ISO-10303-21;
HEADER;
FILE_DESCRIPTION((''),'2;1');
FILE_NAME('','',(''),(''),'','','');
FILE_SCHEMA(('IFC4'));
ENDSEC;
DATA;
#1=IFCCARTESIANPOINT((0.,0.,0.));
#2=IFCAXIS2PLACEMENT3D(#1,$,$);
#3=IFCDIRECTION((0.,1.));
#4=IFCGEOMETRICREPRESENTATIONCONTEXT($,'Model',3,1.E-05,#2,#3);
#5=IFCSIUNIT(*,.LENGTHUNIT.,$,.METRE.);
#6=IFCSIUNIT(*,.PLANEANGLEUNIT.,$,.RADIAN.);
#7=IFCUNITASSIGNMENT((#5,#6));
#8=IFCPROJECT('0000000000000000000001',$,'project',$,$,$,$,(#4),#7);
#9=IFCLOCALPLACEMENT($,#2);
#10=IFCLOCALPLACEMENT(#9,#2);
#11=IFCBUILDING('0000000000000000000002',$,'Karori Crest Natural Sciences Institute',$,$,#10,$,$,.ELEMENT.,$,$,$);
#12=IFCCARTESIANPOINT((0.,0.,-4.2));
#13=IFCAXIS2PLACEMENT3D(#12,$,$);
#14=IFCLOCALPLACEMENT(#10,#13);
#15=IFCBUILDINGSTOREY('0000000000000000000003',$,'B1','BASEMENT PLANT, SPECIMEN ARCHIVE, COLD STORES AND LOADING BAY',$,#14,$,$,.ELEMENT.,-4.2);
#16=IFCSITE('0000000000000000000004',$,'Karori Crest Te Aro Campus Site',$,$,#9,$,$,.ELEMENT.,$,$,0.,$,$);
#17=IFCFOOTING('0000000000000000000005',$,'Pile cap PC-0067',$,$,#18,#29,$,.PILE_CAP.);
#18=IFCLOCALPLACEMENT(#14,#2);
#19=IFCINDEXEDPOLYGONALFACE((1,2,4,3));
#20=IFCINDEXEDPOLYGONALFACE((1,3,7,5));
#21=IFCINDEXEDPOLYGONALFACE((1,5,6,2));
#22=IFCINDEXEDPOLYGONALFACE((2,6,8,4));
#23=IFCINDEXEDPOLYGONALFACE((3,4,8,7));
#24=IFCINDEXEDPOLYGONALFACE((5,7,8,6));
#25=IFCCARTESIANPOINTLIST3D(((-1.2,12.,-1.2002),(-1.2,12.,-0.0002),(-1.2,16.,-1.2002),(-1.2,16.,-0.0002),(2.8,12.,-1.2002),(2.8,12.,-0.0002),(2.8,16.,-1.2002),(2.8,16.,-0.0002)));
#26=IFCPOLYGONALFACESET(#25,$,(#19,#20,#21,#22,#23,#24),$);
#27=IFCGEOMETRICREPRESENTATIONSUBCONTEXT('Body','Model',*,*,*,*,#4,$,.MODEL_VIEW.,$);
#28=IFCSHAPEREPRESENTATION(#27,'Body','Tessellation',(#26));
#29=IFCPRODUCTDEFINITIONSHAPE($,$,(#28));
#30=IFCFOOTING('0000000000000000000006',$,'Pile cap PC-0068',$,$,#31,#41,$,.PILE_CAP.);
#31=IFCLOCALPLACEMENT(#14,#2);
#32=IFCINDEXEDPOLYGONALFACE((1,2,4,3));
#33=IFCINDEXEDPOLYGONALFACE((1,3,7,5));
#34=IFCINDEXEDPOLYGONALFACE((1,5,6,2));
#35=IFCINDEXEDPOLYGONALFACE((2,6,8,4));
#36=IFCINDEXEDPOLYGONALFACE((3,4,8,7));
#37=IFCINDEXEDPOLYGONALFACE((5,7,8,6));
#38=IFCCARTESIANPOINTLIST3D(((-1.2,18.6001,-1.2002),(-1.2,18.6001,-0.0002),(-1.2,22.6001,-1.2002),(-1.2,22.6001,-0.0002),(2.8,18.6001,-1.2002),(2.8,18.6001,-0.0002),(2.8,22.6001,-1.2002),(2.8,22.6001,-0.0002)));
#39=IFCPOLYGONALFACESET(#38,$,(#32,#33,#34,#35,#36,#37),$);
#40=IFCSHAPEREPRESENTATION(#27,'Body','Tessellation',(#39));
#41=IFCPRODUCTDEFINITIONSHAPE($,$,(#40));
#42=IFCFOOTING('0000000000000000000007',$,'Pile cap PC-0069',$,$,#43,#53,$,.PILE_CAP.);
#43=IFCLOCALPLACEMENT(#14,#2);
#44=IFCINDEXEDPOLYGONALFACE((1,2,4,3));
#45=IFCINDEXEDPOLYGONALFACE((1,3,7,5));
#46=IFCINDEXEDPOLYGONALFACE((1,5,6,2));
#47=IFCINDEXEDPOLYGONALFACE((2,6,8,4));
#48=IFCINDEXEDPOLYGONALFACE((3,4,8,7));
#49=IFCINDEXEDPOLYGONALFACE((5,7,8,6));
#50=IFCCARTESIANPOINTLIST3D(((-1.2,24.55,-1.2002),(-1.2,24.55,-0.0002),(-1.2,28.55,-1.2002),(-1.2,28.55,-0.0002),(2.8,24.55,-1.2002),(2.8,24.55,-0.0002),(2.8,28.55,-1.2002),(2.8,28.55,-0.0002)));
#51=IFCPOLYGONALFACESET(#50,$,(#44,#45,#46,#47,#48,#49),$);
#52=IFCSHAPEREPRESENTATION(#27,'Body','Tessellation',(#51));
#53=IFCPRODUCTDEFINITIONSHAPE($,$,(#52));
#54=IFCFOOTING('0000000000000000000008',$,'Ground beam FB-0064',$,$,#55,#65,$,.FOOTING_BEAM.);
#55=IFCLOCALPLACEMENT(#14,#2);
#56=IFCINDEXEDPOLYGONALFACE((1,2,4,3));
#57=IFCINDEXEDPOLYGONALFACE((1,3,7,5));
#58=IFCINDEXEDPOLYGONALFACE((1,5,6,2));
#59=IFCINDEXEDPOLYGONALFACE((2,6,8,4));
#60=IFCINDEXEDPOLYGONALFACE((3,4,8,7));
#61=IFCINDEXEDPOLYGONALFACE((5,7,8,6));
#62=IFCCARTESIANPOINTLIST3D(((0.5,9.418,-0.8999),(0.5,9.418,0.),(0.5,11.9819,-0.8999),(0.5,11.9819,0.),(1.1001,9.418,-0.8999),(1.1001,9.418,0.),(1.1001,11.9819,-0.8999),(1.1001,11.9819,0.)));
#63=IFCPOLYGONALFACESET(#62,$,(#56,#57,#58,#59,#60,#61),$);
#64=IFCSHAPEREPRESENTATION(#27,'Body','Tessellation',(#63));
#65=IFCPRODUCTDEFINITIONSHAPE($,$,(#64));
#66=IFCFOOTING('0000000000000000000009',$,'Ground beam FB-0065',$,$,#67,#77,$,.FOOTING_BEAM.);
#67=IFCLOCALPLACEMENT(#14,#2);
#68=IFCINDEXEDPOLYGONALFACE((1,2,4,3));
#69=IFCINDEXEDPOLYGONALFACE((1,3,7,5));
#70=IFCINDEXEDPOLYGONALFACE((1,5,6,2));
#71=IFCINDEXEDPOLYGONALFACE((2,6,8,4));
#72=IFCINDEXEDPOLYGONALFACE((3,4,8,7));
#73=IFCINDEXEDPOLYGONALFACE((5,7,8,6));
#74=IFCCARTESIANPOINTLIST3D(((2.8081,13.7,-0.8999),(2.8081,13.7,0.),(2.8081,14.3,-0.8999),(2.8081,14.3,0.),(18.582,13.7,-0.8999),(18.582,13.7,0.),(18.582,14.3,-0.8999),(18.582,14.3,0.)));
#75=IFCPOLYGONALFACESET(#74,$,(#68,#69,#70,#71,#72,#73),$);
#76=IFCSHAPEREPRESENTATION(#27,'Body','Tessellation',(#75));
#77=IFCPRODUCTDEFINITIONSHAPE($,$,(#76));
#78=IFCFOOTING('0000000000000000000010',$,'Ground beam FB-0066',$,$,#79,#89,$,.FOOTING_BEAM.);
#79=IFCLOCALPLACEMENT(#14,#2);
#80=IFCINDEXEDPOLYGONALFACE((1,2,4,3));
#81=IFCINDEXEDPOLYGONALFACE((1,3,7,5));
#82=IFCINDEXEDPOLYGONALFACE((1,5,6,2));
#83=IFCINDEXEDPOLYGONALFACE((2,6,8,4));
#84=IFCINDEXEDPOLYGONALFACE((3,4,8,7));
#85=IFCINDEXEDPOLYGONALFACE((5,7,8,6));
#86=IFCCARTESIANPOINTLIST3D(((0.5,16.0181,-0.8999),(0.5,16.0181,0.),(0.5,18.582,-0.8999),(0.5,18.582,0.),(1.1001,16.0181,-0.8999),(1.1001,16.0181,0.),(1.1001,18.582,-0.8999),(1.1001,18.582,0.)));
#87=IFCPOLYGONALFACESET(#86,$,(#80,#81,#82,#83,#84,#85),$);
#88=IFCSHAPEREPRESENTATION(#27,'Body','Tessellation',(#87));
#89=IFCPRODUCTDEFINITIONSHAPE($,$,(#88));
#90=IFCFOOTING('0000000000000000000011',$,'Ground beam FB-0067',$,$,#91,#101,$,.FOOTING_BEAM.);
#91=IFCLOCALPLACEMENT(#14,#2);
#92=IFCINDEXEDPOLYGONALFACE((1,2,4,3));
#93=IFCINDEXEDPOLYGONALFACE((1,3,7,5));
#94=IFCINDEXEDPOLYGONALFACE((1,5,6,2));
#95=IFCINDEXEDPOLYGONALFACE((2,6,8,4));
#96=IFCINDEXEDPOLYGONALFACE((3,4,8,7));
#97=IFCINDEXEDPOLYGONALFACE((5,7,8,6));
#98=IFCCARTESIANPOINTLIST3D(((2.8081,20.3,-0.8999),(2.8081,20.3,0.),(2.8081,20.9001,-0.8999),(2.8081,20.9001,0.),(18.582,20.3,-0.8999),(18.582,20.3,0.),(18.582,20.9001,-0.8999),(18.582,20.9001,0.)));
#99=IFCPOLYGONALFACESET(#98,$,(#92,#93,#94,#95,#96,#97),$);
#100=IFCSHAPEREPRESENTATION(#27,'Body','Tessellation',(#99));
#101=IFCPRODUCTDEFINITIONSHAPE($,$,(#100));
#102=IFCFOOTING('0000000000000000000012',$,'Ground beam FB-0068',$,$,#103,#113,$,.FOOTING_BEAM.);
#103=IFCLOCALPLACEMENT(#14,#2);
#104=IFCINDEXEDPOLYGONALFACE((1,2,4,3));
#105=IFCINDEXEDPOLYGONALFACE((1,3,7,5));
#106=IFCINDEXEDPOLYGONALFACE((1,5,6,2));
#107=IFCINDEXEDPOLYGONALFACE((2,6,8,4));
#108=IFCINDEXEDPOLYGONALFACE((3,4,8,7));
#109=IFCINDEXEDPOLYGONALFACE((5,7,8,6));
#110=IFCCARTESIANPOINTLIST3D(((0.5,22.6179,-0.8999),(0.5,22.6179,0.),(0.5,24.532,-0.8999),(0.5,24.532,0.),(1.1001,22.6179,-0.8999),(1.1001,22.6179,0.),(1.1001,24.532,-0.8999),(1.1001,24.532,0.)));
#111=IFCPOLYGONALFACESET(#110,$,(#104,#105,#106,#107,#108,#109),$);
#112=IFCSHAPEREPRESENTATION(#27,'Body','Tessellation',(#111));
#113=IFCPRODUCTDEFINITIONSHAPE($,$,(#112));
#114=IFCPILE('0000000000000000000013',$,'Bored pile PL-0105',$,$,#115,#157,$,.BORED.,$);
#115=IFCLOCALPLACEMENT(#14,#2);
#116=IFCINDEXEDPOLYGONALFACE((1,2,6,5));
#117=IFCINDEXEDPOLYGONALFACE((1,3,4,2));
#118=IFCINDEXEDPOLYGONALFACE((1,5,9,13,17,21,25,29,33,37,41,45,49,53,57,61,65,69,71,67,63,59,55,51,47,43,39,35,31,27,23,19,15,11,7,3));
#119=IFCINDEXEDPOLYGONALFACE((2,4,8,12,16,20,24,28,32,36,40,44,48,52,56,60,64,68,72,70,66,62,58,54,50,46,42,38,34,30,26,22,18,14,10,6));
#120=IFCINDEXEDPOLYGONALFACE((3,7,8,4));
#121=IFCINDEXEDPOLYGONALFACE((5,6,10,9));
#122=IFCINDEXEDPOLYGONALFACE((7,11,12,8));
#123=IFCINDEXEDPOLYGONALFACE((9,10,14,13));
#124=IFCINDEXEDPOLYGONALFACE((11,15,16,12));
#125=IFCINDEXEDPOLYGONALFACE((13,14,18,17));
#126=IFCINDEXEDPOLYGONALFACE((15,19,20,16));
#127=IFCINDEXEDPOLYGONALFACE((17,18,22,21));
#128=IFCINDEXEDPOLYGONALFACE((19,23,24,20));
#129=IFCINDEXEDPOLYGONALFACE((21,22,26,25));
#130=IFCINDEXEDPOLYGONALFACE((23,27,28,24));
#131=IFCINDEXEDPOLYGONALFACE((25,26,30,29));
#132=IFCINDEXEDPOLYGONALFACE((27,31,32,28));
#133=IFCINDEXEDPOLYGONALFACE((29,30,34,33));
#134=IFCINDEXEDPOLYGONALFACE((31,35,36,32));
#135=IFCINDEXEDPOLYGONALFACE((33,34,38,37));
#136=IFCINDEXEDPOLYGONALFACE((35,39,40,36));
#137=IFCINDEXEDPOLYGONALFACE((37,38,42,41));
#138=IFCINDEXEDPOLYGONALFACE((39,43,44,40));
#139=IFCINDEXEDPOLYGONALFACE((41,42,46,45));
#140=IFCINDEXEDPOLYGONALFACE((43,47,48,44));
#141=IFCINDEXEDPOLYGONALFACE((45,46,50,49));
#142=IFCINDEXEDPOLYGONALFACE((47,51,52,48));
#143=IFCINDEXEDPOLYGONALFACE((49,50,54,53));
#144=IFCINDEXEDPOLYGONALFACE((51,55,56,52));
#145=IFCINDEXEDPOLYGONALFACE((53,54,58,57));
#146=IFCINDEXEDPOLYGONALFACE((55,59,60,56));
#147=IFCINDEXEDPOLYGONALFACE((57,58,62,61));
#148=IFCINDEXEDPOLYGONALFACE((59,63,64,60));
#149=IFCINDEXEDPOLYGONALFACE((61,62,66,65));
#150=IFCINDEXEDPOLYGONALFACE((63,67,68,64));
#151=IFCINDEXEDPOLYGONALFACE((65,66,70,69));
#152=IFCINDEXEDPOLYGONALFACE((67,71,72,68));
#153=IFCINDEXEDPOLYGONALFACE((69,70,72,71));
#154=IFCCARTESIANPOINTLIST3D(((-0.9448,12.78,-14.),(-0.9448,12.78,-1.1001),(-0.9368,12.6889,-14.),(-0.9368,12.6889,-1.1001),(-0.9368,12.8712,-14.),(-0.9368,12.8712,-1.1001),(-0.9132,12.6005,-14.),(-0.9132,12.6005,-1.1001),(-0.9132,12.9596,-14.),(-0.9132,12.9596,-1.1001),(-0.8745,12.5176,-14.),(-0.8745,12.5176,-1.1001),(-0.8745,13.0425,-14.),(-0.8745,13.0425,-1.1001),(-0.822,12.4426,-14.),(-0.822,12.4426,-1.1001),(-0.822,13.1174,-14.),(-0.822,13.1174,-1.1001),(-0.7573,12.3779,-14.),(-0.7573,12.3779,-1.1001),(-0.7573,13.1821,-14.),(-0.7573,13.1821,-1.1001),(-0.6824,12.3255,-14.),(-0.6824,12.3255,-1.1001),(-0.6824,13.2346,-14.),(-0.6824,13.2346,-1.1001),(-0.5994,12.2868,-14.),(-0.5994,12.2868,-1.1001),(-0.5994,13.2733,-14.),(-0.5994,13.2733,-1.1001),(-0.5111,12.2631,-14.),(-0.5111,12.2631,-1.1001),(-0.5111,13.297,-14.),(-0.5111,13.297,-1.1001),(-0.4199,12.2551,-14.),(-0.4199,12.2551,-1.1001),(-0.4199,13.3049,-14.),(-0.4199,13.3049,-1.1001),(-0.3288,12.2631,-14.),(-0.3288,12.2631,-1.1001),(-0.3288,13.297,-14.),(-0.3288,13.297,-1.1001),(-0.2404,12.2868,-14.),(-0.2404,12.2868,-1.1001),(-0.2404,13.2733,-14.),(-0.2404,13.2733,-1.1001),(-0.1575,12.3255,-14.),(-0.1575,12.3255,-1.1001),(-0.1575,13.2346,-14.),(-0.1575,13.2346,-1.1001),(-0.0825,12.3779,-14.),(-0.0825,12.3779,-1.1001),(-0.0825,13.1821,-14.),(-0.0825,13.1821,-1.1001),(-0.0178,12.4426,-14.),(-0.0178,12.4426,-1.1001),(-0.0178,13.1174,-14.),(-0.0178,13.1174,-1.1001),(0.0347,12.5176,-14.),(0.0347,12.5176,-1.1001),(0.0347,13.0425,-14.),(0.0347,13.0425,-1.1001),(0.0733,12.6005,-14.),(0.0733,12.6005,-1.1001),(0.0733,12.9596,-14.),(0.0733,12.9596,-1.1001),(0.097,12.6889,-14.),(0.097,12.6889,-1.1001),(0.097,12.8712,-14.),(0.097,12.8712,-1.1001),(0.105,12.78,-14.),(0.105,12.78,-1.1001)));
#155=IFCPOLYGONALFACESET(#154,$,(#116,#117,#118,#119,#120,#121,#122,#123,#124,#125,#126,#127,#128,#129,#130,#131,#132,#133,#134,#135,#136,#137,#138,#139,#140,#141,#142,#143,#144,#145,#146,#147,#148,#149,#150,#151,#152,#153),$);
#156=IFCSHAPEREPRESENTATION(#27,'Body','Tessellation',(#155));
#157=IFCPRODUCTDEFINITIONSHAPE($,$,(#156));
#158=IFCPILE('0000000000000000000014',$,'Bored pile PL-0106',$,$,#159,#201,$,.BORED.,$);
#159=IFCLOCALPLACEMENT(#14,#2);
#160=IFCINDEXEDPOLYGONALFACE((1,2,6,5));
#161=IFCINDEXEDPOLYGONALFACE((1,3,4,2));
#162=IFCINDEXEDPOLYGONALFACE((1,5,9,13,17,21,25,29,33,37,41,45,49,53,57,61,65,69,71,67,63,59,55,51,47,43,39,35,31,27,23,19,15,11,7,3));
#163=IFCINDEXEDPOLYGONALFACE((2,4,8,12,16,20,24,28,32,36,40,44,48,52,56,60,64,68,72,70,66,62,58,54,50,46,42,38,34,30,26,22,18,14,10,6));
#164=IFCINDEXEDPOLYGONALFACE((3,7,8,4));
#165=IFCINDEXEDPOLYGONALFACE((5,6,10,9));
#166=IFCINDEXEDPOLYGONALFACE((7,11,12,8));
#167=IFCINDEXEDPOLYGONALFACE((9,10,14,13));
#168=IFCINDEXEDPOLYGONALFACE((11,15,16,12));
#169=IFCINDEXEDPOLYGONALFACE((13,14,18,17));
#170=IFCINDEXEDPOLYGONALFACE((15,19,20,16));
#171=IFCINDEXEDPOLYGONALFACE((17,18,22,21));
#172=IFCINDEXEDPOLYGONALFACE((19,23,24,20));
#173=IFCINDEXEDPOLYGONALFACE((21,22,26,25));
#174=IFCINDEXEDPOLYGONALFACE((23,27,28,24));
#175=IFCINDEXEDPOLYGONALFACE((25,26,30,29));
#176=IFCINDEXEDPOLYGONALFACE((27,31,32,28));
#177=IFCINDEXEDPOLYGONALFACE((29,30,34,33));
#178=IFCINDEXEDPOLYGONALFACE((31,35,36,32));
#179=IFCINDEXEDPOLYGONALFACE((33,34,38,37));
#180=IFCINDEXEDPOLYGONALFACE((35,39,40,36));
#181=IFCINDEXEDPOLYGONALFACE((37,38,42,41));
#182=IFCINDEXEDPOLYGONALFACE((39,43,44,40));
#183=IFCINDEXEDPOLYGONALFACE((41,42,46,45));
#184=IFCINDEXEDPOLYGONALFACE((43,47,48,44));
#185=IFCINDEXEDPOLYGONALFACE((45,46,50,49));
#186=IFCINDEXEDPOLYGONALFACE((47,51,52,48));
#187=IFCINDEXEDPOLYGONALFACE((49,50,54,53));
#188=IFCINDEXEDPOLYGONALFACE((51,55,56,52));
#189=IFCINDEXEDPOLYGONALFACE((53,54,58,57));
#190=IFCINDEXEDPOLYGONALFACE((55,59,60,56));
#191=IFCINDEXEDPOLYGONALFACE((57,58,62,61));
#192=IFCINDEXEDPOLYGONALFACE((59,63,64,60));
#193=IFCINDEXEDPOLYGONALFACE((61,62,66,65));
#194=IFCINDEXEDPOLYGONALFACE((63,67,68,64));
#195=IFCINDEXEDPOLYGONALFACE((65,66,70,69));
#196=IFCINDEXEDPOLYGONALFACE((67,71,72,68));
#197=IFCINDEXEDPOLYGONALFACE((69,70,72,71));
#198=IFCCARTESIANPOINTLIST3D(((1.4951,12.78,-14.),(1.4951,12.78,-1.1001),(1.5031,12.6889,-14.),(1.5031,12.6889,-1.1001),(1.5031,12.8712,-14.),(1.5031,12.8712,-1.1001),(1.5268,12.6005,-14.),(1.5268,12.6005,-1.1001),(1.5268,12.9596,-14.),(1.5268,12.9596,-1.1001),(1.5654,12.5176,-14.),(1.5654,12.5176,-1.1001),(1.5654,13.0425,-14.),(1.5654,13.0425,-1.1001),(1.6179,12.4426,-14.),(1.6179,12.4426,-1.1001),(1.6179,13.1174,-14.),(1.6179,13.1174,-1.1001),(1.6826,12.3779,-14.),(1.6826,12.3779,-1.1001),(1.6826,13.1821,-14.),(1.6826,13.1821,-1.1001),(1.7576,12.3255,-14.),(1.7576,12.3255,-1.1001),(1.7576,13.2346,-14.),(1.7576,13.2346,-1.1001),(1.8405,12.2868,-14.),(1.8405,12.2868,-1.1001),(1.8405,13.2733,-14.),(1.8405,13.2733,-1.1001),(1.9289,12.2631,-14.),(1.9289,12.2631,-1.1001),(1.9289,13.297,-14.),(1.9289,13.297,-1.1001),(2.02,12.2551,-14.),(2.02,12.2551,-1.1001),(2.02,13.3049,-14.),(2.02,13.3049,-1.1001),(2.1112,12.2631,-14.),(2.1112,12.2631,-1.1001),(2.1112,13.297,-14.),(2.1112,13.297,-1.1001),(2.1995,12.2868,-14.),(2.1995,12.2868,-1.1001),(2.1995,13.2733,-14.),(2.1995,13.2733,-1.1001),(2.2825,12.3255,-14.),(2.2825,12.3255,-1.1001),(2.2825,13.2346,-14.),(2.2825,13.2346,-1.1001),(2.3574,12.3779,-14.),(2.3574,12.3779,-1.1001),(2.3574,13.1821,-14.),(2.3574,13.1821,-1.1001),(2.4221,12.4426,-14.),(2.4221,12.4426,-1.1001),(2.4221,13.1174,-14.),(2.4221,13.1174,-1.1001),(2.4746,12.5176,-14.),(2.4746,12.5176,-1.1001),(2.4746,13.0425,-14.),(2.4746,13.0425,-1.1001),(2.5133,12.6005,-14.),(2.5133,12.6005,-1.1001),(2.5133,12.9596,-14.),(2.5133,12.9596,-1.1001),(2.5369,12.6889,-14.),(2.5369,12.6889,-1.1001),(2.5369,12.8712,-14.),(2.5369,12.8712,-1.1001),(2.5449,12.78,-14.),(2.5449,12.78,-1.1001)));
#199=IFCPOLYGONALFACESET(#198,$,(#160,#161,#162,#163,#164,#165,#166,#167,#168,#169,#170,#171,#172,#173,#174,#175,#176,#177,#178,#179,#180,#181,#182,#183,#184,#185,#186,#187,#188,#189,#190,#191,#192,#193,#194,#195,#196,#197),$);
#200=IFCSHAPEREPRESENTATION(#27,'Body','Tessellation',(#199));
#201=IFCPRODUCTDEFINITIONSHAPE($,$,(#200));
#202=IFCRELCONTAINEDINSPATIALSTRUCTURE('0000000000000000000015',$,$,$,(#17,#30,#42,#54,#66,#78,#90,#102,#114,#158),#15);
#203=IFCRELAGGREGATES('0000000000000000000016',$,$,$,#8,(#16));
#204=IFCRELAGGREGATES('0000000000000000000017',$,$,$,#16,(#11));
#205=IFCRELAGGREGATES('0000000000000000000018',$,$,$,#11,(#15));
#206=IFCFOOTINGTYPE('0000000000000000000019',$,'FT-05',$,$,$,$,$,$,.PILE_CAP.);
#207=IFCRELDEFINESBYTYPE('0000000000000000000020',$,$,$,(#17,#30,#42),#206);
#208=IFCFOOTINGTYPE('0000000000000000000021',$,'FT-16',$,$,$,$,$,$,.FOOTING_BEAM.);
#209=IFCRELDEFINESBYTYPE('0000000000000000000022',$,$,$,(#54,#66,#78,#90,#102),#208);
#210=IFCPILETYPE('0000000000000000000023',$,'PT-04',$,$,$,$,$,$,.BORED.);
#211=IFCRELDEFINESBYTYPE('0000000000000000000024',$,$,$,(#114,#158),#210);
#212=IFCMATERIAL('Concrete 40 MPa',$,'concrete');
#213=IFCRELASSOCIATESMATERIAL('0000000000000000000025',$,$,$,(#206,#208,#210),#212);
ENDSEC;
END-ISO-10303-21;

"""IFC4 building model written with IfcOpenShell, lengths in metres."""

from ifc_helpers import new_model, si_unit, direction, frame, origin, origin_2d, place, context, subcontext, project, spatial, rectangle, circle, extrude, material, material_profile, profile_set, type_object, element, save


model = new_model("IFC4")

# Units and contexts
model_context = context("Model", 3, precision=1e-05, world=origin(), true_north=direction((0.0, 1.0)))
body_context = subcontext(model_context, "Body", "Model", "MODEL_VIEW")
ifc_project = project(units=[si_unit("LENGTHUNIT", "METRE"), si_unit("PLANEANGLEUNIT", "RADIAN")], contexts=[model_context])

# Site, building, storey
site_placement = place(None, origin())
site = spatial("IfcSite", under=ifc_project, at=site_placement, Name="Karori Crest Te Aro Campus Site", CompositionType="ELEMENT", RefElevation=0.0)
building_placement = place(site_placement, origin())
building = spatial("IfcBuilding", under=site, at=building_placement, Name="Karori Crest Natural Sciences Institute", CompositionType="ELEMENT")
storey_placement = place(building_placement, frame((0.0, 0.0, -4.2)))
storey = spatial("IfcBuildingStorey", under=building, at=storey_placement, Name="B1", Description="BASEMENT PLANT, SPECIMEN ARCHIVE, COLD STORES AND LOADING BAY", CompositionType="ELEMENT", Elevation=-4.2)

# Footings
ifc_material_1 = material(Name="Concrete 40 MPa", Category="concrete")
footing_type_1 = type_object("IfcFootingType", Name="FT-05", PredefinedType="PILE_CAP", material=ifc_material_1)
for number, where, z_axis, x_axis, name in (
    (1, (0.8, 14.0, -1.2002), (0.0, 0.0, 1.0), (1.0, 0.0, 0.0), "Pile cap PC-0067"),
    (2, (0.8, 20.6001, -1.2002), (0.0, 0.0, 1.0), (1.0, 0.0, 0.0), "Pile cap PC-0068"),
    (3, (0.8, 26.55, -1.2002), (0.0, 0.0, 1.0), (1.0, 0.0, 0.0), "Pile cap PC-0069"),
):
    element("IfcFooting", number, at=place(storey_placement, frame(where, z_axis=z_axis, x_axis=x_axis)), inside=storey, type_object=footing_type_1, Name=name, PredefinedType="PILE_CAP", context=body_context, shape_type="SweptSolid", body=[
        extrude(rectangle(XDim=4.0, YDim=4.0, at=origin_2d()), origin(), (0.0, 0.0, 1.0), 1.2),
    ])
footing_type_2 = type_object("IfcFootingType", Name="FT-16", PredefinedType="FOOTING_BEAM", material=ifc_material_1)
footing_1_placement = place(storey_placement, frame((0.8, 10.7, -0.8999), z_axis=(0.0, 0.0, 1.0), x_axis=(0.0, 1.0, 0.0)))
element("IfcFooting", 4, at=footing_1_placement, inside=storey, type_object=footing_type_2, Name="Ground beam FB-0064", PredefinedType="FOOTING_BEAM", context=body_context, shape_type="SweptSolid", body=[
    extrude(rectangle(XDim=2.564, YDim=0.6001, at=origin_2d()), origin(), (0.0, 0.0, 1.0), 0.8999),
])
footing_2_placement = place(storey_placement, frame((10.6951, 14.0, -0.8999), z_axis=(0.0, 0.0, 1.0), x_axis=(1.0, 0.0, 0.0)))
element("IfcFooting", 5, at=footing_2_placement, inside=storey, type_object=footing_type_2, Name="Ground beam FB-0065", PredefinedType="FOOTING_BEAM", context=body_context, shape_type="SweptSolid", body=[
    extrude(rectangle(XDim=15.7739, YDim=0.6001, at=origin_2d()), origin(), (0.0, 0.0, 1.0), 0.8999),
])
footing_3_placement = place(storey_placement, frame((0.8, 17.3, -0.8999), z_axis=(0.0, 0.0, 1.0), x_axis=(0.0, 1.0, 0.0)))
element("IfcFooting", 6, at=footing_3_placement, inside=storey, type_object=footing_type_2, Name="Ground beam FB-0066", PredefinedType="FOOTING_BEAM", context=body_context, shape_type="SweptSolid", body=[
    extrude(rectangle(XDim=2.564, YDim=0.6001, at=origin_2d()), origin(), (0.0, 0.0, 1.0), 0.8999),
])
footing_4_placement = place(storey_placement, frame((10.6951, 20.6001, -0.8999), z_axis=(0.0, 0.0, 1.0), x_axis=(1.0, 0.0, 0.0)))
element("IfcFooting", 7, at=footing_4_placement, inside=storey, type_object=footing_type_2, Name="Ground beam FB-0067", PredefinedType="FOOTING_BEAM", context=body_context, shape_type="SweptSolid", body=[
    extrude(rectangle(XDim=15.7739, YDim=0.6001, at=origin_2d()), origin(), (0.0, 0.0, 1.0), 0.8999),
])
footing_5_placement = place(storey_placement, frame((0.8, 23.575, -0.8999), z_axis=(0.0, 0.0, 1.0), x_axis=(0.0, 1.0, 0.0)))
element("IfcFooting", 8, at=footing_5_placement, inside=storey, type_object=footing_type_2, Name="Ground beam FB-0068", PredefinedType="FOOTING_BEAM", context=body_context, shape_type="SweptSolid", body=[
    extrude(rectangle(XDim=1.9141, YDim=0.6001, at=origin_2d()), origin(), (0.0, 0.0, 1.0), 0.8999),
])

# Piles
ifc_material_profile_1 = material_profile(ifc_material_1, circle(Radius=0.5249, at=origin_2d()), Name="PILE1050")
ifc_profile_set_1 = profile_set([ifc_material_profile_1], Name="Concrete 40 MPa")
pile_type = type_object("IfcPileType", Name="PT-04", PredefinedType="BORED", material=ifc_profile_set_1)
for number, where, z_axis, x_axis, name in (
    (9, (-0.4199, 12.78, -1.1001), (0.0, 0.0, -1.0), (1.0, 0.0, 0.0), "Bored pile PL-0105"),
    (10, (2.02, 12.78, -1.1001), (0.0, 0.0, -1.0), (1.0, 0.0, 0.0), "Bored pile PL-0106"),
):
    element("IfcPile", number, at=place(storey_placement, frame(where, z_axis=z_axis, x_axis=x_axis)), inside=storey, type_object=pile_type, Name=name, PredefinedType="BORED", context=body_context, shape_type="SweptSolid", body=[
        extrude(circle(Radius=0.5249, at=origin_2d()), origin(), (0.0, 0.0, 1.0), 12.8999),
    ])

save(model, "model.ifc")
